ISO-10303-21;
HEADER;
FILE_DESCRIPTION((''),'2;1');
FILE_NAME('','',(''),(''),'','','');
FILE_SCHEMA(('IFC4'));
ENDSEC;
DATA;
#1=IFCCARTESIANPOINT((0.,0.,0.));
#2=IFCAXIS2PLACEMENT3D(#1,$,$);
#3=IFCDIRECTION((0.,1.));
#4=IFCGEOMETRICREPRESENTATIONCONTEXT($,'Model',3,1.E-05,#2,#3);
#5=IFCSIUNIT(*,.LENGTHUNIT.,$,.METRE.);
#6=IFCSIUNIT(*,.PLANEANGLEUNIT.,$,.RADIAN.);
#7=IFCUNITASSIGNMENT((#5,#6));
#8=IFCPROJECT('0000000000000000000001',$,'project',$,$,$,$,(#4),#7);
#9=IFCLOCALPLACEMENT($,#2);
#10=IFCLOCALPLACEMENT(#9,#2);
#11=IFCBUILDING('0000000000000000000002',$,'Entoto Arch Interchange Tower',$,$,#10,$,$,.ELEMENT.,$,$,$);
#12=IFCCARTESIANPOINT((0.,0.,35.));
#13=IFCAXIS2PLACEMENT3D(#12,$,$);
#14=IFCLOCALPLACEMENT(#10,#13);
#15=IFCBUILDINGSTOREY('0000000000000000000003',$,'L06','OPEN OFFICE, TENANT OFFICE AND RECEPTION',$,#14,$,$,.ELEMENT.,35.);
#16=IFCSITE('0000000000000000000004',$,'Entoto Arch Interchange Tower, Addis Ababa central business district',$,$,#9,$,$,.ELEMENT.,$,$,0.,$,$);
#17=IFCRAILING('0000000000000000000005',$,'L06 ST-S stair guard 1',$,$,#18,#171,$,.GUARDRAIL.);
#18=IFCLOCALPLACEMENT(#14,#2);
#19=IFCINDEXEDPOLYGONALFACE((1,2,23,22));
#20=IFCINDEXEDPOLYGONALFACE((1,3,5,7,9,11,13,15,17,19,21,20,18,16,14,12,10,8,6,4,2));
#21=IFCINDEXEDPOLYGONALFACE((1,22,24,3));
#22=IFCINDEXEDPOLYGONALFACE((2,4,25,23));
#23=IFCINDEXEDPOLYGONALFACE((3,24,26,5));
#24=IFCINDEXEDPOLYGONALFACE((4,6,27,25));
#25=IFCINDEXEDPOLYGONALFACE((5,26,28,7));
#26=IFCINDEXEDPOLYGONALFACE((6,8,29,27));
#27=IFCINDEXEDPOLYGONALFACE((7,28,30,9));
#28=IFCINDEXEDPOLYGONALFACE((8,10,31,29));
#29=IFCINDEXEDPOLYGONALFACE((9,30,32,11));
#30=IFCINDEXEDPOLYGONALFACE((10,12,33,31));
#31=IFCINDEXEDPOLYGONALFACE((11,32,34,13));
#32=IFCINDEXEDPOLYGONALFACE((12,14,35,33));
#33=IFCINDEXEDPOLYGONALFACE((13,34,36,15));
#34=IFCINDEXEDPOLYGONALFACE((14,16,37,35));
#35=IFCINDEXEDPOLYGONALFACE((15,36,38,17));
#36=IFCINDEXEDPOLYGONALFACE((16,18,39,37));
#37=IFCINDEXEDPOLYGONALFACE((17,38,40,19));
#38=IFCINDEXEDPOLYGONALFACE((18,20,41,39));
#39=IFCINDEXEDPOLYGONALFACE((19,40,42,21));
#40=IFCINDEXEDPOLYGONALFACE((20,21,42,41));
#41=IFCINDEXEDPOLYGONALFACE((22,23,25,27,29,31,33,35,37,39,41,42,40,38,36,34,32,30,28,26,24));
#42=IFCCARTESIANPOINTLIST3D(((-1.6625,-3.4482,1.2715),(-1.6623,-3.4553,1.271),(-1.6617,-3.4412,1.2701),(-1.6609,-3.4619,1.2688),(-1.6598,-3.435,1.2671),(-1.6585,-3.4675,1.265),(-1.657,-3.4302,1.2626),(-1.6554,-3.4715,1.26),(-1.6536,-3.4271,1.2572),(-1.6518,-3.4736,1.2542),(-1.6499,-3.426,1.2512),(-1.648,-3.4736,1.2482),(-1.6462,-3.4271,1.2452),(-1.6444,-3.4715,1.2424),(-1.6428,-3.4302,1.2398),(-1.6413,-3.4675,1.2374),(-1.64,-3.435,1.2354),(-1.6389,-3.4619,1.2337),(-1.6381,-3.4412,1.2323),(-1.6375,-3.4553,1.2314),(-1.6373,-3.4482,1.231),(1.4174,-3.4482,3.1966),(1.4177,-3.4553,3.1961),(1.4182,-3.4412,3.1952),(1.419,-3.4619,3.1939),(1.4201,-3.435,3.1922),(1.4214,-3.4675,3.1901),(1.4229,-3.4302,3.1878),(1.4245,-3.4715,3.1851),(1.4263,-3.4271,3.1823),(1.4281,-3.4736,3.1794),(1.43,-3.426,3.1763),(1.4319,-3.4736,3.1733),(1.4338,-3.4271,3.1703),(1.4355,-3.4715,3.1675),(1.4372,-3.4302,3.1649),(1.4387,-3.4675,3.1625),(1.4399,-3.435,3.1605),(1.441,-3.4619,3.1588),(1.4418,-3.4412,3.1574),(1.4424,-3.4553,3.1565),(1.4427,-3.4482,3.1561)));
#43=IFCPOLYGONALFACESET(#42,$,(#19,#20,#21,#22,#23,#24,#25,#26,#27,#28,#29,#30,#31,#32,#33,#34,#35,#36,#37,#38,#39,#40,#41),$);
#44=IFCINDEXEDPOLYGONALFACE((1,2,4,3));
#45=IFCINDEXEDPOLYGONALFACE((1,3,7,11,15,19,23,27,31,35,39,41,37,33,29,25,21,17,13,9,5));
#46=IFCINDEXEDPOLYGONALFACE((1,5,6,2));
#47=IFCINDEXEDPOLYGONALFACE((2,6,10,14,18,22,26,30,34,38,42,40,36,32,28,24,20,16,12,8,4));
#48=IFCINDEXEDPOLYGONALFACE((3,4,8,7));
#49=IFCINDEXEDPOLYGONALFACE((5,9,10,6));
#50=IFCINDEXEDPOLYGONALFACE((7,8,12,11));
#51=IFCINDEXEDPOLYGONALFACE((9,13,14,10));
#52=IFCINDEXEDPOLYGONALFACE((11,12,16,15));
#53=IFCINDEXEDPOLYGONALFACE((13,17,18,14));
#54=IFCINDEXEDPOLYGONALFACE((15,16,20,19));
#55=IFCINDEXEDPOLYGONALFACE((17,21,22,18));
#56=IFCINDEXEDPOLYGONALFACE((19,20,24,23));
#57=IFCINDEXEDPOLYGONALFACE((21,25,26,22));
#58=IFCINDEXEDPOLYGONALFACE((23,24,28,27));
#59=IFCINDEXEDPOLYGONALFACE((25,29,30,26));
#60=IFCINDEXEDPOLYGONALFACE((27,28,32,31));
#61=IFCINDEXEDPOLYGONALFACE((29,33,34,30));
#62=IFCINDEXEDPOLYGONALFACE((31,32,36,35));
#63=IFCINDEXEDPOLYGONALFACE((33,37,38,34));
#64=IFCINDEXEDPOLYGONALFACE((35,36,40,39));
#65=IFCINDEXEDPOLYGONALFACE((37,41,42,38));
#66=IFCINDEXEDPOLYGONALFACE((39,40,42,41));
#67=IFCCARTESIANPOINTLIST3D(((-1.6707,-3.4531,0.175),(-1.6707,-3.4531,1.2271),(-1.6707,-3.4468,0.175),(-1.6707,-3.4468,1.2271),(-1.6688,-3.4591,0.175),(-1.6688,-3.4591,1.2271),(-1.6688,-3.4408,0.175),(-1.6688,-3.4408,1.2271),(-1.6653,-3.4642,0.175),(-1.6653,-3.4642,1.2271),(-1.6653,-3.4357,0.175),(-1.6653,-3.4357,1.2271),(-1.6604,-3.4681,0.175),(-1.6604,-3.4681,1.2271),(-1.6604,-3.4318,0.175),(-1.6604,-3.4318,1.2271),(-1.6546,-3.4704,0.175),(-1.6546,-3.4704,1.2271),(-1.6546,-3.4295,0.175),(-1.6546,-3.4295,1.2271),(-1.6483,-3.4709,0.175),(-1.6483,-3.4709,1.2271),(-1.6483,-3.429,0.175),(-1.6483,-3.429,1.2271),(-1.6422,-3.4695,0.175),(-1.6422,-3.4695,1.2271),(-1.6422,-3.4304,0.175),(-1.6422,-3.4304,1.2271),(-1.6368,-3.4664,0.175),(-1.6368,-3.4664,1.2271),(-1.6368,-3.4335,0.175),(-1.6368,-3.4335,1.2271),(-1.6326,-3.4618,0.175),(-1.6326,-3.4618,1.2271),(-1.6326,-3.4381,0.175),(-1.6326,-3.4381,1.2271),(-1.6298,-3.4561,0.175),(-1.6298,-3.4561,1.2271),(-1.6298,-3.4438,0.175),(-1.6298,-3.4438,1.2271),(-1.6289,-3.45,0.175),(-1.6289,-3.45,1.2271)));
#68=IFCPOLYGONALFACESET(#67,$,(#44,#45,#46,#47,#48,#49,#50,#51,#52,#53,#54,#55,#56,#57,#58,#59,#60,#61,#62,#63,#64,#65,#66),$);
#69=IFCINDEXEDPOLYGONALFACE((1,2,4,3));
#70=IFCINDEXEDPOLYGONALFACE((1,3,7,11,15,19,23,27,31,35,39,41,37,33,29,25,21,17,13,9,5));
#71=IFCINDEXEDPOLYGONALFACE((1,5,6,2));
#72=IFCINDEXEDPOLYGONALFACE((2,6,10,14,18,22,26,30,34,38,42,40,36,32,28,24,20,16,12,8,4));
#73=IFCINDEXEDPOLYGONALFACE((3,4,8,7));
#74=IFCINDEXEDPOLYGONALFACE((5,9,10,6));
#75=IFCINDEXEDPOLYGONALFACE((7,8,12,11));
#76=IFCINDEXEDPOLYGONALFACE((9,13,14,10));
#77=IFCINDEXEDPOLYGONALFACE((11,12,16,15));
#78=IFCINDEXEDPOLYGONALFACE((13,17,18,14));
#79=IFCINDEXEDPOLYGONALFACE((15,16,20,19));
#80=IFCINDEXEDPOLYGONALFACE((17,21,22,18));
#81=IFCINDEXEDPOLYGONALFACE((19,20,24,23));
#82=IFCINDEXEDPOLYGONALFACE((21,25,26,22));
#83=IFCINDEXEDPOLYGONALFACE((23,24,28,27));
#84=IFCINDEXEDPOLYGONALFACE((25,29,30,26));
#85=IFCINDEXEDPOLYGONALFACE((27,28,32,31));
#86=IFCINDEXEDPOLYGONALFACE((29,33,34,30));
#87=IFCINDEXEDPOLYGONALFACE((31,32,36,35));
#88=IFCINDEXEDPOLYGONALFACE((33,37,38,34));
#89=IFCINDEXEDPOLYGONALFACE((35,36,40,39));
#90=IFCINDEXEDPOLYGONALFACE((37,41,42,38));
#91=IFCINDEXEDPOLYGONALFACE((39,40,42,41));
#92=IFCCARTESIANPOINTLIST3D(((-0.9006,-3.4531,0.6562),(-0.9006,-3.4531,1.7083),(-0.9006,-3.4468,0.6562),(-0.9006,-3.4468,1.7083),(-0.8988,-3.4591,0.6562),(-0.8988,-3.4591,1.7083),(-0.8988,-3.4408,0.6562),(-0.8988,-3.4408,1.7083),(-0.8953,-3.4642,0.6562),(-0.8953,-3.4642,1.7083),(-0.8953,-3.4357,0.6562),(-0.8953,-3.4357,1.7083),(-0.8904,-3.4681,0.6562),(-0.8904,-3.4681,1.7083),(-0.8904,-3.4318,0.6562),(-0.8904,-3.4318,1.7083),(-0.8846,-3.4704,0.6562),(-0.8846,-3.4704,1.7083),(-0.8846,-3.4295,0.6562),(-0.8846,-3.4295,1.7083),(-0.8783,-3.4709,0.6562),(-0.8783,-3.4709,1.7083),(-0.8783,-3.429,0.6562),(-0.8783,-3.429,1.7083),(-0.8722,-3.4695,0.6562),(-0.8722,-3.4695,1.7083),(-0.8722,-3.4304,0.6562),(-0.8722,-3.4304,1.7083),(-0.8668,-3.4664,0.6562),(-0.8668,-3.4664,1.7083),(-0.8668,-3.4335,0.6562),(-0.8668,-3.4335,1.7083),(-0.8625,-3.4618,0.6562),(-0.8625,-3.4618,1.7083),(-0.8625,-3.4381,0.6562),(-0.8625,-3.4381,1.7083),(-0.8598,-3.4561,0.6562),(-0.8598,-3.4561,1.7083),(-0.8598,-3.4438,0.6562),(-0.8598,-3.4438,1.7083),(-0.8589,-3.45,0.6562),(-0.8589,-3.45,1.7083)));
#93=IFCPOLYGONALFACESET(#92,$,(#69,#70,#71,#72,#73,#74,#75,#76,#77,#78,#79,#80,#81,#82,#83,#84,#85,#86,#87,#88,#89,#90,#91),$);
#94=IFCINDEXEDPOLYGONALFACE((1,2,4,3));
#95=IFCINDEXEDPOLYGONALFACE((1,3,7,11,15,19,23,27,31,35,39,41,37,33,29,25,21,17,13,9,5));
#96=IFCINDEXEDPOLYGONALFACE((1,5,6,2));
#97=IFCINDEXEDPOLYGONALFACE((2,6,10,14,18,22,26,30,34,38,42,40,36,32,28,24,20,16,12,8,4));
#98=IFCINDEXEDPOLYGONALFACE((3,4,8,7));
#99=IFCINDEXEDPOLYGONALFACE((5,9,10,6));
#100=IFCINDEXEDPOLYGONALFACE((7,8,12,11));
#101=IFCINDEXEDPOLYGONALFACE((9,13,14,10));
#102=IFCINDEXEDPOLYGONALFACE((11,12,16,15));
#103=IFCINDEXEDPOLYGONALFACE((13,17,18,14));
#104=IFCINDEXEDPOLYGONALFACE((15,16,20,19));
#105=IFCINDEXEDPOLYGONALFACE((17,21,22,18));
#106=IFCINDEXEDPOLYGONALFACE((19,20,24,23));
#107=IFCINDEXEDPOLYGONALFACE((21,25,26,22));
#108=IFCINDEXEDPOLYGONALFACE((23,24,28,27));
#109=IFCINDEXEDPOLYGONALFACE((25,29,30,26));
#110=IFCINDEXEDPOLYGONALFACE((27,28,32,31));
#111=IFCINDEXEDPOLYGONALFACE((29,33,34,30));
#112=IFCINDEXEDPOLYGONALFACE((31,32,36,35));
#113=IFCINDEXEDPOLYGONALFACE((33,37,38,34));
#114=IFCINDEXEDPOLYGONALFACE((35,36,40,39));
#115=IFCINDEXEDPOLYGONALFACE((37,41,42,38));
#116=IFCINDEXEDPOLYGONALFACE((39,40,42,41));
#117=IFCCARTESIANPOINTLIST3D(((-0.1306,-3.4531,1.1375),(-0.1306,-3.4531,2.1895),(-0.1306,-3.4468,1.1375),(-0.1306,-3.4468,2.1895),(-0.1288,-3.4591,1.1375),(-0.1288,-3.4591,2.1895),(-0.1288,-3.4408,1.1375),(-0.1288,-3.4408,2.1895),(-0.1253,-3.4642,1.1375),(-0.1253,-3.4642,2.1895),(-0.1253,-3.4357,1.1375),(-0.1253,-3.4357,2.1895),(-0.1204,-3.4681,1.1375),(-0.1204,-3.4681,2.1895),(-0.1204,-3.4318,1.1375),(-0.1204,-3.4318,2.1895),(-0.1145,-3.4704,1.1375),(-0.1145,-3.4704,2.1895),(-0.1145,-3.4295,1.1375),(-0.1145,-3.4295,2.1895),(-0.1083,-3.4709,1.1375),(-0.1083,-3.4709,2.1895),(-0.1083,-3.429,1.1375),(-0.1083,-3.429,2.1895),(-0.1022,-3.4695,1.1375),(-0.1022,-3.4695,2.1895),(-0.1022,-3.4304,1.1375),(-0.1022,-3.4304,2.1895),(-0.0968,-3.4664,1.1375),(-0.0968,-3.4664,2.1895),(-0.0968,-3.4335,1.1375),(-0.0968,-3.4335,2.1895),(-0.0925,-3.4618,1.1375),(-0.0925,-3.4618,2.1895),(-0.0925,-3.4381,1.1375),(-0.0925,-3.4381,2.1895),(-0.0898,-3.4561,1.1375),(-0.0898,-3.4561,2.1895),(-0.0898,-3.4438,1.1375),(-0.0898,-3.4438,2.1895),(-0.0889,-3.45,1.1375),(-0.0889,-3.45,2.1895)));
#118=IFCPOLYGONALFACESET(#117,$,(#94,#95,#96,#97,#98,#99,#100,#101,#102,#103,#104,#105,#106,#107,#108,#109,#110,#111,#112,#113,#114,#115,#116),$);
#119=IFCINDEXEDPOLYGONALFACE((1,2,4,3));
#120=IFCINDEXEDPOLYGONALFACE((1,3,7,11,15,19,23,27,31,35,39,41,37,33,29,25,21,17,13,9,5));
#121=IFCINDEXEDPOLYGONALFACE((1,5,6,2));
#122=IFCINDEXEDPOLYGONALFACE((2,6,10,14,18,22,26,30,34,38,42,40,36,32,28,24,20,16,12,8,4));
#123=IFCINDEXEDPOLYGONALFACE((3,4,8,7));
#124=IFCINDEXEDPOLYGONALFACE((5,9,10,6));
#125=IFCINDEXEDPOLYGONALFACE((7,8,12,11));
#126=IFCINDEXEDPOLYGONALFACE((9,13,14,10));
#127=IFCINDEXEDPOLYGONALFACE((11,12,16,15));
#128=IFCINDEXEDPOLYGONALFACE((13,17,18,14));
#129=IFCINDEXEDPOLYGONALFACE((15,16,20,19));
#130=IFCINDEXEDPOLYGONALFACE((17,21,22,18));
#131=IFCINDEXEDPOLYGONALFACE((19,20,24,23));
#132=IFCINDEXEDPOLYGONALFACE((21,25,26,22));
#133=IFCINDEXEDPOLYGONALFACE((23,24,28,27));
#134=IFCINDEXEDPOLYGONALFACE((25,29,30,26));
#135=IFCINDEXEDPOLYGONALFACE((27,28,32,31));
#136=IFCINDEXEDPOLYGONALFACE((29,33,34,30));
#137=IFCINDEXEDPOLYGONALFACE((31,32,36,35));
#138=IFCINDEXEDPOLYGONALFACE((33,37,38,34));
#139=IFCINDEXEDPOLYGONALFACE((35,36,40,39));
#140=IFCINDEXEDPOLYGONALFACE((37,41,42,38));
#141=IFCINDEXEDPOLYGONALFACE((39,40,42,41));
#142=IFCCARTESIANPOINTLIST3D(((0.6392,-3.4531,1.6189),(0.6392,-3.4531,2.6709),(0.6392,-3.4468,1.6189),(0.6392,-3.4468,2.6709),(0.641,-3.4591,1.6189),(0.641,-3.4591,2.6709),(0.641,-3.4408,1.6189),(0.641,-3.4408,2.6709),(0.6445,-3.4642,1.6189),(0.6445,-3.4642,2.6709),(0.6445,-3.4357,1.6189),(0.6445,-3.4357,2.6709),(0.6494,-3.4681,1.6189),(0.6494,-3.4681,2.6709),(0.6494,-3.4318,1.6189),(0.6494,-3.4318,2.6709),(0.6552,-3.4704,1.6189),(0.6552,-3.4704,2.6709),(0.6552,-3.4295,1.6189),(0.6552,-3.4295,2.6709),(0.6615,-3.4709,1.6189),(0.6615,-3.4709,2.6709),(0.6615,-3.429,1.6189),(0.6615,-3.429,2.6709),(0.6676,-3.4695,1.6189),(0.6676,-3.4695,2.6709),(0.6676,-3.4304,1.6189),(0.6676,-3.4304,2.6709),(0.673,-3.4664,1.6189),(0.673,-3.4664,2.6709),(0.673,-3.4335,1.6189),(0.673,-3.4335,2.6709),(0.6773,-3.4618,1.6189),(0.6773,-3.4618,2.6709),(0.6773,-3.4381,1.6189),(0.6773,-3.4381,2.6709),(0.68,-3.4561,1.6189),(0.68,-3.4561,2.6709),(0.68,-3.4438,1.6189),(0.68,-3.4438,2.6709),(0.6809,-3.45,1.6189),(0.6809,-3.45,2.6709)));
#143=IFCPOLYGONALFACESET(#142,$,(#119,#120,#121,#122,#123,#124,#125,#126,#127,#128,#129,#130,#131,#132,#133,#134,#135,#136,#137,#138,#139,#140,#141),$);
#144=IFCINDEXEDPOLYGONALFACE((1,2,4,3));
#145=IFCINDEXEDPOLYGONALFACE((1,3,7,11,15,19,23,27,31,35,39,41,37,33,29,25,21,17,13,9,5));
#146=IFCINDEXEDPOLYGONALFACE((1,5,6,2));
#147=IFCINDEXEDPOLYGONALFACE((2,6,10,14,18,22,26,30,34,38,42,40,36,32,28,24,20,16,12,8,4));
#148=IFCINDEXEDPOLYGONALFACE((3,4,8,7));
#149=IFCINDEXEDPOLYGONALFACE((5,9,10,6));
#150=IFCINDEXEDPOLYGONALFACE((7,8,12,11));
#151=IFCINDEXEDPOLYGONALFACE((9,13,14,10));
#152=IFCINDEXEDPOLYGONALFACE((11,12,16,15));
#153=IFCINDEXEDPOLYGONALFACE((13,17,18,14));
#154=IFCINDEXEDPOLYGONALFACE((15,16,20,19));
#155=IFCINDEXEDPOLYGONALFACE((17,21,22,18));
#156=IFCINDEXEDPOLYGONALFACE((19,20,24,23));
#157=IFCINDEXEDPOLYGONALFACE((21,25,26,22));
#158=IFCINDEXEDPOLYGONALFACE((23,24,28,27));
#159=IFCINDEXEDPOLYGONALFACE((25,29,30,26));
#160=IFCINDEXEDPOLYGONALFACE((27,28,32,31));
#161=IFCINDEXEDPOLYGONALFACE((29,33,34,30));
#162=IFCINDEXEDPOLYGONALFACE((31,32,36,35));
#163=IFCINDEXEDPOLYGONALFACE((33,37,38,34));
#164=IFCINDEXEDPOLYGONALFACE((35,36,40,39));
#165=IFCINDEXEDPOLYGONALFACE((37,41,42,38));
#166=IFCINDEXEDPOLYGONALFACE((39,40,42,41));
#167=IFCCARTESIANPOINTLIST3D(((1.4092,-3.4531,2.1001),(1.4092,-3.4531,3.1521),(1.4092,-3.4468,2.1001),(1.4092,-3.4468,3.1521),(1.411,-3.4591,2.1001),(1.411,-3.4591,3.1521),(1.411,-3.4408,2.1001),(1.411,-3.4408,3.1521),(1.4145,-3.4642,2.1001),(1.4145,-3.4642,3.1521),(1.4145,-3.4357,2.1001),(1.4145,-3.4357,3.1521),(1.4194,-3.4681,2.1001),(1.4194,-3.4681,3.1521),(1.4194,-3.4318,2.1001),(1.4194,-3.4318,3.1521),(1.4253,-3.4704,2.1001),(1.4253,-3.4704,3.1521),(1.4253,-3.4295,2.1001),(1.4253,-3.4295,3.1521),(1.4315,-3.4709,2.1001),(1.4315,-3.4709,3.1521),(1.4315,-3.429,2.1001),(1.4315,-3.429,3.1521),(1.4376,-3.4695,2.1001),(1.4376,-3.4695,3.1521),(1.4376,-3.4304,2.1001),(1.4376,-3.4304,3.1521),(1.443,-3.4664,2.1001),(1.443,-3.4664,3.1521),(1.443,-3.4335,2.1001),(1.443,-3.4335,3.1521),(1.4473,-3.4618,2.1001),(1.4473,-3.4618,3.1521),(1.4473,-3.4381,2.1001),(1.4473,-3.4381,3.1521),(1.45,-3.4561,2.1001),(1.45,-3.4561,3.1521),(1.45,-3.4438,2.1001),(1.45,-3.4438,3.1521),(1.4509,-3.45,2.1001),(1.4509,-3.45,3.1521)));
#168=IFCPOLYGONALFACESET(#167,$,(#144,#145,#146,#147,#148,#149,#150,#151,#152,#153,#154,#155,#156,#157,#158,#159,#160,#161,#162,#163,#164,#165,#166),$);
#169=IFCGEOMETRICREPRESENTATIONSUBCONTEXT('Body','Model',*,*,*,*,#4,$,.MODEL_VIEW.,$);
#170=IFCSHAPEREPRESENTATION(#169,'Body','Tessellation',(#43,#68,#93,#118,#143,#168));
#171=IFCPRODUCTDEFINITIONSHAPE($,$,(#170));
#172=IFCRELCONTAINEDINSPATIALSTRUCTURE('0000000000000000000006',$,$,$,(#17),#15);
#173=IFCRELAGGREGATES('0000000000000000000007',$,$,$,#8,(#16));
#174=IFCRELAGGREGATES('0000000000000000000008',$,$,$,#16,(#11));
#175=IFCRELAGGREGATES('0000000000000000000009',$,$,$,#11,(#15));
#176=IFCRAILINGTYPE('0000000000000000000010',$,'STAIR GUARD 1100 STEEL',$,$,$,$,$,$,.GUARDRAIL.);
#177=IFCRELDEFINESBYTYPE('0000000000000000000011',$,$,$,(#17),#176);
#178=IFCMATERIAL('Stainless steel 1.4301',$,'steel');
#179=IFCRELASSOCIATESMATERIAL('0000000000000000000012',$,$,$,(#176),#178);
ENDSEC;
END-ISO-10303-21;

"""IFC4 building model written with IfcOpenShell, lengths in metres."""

from ifc_helpers import new_model, si_unit, direction, frame, origin, origin_2d, place, context, subcontext, project, spatial, circle, extrude, material, type_object, element, save


model = new_model("IFC4")

# Units and contexts
model_context = context("Model", 3, precision=1e-05, world=origin(), true_north=direction((0.0, 1.0)))
body_context = subcontext(model_context, "Body", "Model", "MODEL_VIEW")
ifc_project = project(units=[si_unit("LENGTHUNIT", "METRE"), si_unit("PLANEANGLEUNIT", "RADIAN")], contexts=[model_context])

# Site, building, storey
site_placement = place(None, origin())
site = spatial("IfcSite", under=ifc_project, at=site_placement, Name="Entoto Arch Interchange Tower, Addis Ababa central business district", CompositionType="ELEMENT", RefElevation=0.0)
building_placement = place(site_placement, origin())
building = spatial("IfcBuilding", under=site, at=building_placement, Name="Entoto Arch Interchange Tower", CompositionType="ELEMENT")
storey_placement = place(building_placement, frame((0.0, 0.0, 35.0)))
storey = spatial("IfcBuildingStorey", under=building, at=storey_placement, Name="L06", Description="OPEN OFFICE, TENANT OFFICE AND RECEPTION", CompositionType="ELEMENT", Elevation=35.0)

# Railing
ifc_material_1 = material(Name="Stainless steel 1.4301", Category="steel")
railing_type_1 = type_object("IfcRailingType", Name="STAIR GUARD 1100 STEEL", PredefinedType="GUARDRAIL", material=ifc_material_1)
railing_1_placement = place(storey_placement, frame((-1.6499, -3.45, 0.175)))
element("IfcRailing", 1, at=railing_1_placement, inside=storey, type_object=railing_type_1, Name="L06 ST-S stair guard 1", PredefinedType="GUARDRAIL", context=body_context, shape_type="SweptSolid", body=[
    extrude(circle(Radius=0.0239, at=origin_2d()), frame((0.0, 0.0, 1.0762), z_axis=(0.847979, 0.0, 0.530029), x_axis=(0.0, 1.0, 0.0)), (0.0, 0.0, 1.0), 3.6321),
    extrude(circle(Radius=0.021, at=origin_2d()), origin(), (0.0, 0.0, 1.0), 1.052),
    extrude(circle(Radius=0.021, at=origin_2d()), frame((0.77, 0.0, 0.4812)), (0.0, 0.0, 1.0), 1.052),
    extrude(circle(Radius=0.021, at=origin_2d()), frame((1.54, 0.0, 0.9624)), (0.0, 0.0, 1.0), 1.052),
    extrude(circle(Radius=0.021, at=origin_2d()), frame((2.3098, 0.0, 1.4438)), (0.0, 0.0, 1.0), 1.052),
    extrude(circle(Radius=0.021, at=origin_2d()), frame((3.0798, 0.0, 1.925)), (0.0, 0.0, 1.0), 1.052),
])

save(model, "model.ifc")
